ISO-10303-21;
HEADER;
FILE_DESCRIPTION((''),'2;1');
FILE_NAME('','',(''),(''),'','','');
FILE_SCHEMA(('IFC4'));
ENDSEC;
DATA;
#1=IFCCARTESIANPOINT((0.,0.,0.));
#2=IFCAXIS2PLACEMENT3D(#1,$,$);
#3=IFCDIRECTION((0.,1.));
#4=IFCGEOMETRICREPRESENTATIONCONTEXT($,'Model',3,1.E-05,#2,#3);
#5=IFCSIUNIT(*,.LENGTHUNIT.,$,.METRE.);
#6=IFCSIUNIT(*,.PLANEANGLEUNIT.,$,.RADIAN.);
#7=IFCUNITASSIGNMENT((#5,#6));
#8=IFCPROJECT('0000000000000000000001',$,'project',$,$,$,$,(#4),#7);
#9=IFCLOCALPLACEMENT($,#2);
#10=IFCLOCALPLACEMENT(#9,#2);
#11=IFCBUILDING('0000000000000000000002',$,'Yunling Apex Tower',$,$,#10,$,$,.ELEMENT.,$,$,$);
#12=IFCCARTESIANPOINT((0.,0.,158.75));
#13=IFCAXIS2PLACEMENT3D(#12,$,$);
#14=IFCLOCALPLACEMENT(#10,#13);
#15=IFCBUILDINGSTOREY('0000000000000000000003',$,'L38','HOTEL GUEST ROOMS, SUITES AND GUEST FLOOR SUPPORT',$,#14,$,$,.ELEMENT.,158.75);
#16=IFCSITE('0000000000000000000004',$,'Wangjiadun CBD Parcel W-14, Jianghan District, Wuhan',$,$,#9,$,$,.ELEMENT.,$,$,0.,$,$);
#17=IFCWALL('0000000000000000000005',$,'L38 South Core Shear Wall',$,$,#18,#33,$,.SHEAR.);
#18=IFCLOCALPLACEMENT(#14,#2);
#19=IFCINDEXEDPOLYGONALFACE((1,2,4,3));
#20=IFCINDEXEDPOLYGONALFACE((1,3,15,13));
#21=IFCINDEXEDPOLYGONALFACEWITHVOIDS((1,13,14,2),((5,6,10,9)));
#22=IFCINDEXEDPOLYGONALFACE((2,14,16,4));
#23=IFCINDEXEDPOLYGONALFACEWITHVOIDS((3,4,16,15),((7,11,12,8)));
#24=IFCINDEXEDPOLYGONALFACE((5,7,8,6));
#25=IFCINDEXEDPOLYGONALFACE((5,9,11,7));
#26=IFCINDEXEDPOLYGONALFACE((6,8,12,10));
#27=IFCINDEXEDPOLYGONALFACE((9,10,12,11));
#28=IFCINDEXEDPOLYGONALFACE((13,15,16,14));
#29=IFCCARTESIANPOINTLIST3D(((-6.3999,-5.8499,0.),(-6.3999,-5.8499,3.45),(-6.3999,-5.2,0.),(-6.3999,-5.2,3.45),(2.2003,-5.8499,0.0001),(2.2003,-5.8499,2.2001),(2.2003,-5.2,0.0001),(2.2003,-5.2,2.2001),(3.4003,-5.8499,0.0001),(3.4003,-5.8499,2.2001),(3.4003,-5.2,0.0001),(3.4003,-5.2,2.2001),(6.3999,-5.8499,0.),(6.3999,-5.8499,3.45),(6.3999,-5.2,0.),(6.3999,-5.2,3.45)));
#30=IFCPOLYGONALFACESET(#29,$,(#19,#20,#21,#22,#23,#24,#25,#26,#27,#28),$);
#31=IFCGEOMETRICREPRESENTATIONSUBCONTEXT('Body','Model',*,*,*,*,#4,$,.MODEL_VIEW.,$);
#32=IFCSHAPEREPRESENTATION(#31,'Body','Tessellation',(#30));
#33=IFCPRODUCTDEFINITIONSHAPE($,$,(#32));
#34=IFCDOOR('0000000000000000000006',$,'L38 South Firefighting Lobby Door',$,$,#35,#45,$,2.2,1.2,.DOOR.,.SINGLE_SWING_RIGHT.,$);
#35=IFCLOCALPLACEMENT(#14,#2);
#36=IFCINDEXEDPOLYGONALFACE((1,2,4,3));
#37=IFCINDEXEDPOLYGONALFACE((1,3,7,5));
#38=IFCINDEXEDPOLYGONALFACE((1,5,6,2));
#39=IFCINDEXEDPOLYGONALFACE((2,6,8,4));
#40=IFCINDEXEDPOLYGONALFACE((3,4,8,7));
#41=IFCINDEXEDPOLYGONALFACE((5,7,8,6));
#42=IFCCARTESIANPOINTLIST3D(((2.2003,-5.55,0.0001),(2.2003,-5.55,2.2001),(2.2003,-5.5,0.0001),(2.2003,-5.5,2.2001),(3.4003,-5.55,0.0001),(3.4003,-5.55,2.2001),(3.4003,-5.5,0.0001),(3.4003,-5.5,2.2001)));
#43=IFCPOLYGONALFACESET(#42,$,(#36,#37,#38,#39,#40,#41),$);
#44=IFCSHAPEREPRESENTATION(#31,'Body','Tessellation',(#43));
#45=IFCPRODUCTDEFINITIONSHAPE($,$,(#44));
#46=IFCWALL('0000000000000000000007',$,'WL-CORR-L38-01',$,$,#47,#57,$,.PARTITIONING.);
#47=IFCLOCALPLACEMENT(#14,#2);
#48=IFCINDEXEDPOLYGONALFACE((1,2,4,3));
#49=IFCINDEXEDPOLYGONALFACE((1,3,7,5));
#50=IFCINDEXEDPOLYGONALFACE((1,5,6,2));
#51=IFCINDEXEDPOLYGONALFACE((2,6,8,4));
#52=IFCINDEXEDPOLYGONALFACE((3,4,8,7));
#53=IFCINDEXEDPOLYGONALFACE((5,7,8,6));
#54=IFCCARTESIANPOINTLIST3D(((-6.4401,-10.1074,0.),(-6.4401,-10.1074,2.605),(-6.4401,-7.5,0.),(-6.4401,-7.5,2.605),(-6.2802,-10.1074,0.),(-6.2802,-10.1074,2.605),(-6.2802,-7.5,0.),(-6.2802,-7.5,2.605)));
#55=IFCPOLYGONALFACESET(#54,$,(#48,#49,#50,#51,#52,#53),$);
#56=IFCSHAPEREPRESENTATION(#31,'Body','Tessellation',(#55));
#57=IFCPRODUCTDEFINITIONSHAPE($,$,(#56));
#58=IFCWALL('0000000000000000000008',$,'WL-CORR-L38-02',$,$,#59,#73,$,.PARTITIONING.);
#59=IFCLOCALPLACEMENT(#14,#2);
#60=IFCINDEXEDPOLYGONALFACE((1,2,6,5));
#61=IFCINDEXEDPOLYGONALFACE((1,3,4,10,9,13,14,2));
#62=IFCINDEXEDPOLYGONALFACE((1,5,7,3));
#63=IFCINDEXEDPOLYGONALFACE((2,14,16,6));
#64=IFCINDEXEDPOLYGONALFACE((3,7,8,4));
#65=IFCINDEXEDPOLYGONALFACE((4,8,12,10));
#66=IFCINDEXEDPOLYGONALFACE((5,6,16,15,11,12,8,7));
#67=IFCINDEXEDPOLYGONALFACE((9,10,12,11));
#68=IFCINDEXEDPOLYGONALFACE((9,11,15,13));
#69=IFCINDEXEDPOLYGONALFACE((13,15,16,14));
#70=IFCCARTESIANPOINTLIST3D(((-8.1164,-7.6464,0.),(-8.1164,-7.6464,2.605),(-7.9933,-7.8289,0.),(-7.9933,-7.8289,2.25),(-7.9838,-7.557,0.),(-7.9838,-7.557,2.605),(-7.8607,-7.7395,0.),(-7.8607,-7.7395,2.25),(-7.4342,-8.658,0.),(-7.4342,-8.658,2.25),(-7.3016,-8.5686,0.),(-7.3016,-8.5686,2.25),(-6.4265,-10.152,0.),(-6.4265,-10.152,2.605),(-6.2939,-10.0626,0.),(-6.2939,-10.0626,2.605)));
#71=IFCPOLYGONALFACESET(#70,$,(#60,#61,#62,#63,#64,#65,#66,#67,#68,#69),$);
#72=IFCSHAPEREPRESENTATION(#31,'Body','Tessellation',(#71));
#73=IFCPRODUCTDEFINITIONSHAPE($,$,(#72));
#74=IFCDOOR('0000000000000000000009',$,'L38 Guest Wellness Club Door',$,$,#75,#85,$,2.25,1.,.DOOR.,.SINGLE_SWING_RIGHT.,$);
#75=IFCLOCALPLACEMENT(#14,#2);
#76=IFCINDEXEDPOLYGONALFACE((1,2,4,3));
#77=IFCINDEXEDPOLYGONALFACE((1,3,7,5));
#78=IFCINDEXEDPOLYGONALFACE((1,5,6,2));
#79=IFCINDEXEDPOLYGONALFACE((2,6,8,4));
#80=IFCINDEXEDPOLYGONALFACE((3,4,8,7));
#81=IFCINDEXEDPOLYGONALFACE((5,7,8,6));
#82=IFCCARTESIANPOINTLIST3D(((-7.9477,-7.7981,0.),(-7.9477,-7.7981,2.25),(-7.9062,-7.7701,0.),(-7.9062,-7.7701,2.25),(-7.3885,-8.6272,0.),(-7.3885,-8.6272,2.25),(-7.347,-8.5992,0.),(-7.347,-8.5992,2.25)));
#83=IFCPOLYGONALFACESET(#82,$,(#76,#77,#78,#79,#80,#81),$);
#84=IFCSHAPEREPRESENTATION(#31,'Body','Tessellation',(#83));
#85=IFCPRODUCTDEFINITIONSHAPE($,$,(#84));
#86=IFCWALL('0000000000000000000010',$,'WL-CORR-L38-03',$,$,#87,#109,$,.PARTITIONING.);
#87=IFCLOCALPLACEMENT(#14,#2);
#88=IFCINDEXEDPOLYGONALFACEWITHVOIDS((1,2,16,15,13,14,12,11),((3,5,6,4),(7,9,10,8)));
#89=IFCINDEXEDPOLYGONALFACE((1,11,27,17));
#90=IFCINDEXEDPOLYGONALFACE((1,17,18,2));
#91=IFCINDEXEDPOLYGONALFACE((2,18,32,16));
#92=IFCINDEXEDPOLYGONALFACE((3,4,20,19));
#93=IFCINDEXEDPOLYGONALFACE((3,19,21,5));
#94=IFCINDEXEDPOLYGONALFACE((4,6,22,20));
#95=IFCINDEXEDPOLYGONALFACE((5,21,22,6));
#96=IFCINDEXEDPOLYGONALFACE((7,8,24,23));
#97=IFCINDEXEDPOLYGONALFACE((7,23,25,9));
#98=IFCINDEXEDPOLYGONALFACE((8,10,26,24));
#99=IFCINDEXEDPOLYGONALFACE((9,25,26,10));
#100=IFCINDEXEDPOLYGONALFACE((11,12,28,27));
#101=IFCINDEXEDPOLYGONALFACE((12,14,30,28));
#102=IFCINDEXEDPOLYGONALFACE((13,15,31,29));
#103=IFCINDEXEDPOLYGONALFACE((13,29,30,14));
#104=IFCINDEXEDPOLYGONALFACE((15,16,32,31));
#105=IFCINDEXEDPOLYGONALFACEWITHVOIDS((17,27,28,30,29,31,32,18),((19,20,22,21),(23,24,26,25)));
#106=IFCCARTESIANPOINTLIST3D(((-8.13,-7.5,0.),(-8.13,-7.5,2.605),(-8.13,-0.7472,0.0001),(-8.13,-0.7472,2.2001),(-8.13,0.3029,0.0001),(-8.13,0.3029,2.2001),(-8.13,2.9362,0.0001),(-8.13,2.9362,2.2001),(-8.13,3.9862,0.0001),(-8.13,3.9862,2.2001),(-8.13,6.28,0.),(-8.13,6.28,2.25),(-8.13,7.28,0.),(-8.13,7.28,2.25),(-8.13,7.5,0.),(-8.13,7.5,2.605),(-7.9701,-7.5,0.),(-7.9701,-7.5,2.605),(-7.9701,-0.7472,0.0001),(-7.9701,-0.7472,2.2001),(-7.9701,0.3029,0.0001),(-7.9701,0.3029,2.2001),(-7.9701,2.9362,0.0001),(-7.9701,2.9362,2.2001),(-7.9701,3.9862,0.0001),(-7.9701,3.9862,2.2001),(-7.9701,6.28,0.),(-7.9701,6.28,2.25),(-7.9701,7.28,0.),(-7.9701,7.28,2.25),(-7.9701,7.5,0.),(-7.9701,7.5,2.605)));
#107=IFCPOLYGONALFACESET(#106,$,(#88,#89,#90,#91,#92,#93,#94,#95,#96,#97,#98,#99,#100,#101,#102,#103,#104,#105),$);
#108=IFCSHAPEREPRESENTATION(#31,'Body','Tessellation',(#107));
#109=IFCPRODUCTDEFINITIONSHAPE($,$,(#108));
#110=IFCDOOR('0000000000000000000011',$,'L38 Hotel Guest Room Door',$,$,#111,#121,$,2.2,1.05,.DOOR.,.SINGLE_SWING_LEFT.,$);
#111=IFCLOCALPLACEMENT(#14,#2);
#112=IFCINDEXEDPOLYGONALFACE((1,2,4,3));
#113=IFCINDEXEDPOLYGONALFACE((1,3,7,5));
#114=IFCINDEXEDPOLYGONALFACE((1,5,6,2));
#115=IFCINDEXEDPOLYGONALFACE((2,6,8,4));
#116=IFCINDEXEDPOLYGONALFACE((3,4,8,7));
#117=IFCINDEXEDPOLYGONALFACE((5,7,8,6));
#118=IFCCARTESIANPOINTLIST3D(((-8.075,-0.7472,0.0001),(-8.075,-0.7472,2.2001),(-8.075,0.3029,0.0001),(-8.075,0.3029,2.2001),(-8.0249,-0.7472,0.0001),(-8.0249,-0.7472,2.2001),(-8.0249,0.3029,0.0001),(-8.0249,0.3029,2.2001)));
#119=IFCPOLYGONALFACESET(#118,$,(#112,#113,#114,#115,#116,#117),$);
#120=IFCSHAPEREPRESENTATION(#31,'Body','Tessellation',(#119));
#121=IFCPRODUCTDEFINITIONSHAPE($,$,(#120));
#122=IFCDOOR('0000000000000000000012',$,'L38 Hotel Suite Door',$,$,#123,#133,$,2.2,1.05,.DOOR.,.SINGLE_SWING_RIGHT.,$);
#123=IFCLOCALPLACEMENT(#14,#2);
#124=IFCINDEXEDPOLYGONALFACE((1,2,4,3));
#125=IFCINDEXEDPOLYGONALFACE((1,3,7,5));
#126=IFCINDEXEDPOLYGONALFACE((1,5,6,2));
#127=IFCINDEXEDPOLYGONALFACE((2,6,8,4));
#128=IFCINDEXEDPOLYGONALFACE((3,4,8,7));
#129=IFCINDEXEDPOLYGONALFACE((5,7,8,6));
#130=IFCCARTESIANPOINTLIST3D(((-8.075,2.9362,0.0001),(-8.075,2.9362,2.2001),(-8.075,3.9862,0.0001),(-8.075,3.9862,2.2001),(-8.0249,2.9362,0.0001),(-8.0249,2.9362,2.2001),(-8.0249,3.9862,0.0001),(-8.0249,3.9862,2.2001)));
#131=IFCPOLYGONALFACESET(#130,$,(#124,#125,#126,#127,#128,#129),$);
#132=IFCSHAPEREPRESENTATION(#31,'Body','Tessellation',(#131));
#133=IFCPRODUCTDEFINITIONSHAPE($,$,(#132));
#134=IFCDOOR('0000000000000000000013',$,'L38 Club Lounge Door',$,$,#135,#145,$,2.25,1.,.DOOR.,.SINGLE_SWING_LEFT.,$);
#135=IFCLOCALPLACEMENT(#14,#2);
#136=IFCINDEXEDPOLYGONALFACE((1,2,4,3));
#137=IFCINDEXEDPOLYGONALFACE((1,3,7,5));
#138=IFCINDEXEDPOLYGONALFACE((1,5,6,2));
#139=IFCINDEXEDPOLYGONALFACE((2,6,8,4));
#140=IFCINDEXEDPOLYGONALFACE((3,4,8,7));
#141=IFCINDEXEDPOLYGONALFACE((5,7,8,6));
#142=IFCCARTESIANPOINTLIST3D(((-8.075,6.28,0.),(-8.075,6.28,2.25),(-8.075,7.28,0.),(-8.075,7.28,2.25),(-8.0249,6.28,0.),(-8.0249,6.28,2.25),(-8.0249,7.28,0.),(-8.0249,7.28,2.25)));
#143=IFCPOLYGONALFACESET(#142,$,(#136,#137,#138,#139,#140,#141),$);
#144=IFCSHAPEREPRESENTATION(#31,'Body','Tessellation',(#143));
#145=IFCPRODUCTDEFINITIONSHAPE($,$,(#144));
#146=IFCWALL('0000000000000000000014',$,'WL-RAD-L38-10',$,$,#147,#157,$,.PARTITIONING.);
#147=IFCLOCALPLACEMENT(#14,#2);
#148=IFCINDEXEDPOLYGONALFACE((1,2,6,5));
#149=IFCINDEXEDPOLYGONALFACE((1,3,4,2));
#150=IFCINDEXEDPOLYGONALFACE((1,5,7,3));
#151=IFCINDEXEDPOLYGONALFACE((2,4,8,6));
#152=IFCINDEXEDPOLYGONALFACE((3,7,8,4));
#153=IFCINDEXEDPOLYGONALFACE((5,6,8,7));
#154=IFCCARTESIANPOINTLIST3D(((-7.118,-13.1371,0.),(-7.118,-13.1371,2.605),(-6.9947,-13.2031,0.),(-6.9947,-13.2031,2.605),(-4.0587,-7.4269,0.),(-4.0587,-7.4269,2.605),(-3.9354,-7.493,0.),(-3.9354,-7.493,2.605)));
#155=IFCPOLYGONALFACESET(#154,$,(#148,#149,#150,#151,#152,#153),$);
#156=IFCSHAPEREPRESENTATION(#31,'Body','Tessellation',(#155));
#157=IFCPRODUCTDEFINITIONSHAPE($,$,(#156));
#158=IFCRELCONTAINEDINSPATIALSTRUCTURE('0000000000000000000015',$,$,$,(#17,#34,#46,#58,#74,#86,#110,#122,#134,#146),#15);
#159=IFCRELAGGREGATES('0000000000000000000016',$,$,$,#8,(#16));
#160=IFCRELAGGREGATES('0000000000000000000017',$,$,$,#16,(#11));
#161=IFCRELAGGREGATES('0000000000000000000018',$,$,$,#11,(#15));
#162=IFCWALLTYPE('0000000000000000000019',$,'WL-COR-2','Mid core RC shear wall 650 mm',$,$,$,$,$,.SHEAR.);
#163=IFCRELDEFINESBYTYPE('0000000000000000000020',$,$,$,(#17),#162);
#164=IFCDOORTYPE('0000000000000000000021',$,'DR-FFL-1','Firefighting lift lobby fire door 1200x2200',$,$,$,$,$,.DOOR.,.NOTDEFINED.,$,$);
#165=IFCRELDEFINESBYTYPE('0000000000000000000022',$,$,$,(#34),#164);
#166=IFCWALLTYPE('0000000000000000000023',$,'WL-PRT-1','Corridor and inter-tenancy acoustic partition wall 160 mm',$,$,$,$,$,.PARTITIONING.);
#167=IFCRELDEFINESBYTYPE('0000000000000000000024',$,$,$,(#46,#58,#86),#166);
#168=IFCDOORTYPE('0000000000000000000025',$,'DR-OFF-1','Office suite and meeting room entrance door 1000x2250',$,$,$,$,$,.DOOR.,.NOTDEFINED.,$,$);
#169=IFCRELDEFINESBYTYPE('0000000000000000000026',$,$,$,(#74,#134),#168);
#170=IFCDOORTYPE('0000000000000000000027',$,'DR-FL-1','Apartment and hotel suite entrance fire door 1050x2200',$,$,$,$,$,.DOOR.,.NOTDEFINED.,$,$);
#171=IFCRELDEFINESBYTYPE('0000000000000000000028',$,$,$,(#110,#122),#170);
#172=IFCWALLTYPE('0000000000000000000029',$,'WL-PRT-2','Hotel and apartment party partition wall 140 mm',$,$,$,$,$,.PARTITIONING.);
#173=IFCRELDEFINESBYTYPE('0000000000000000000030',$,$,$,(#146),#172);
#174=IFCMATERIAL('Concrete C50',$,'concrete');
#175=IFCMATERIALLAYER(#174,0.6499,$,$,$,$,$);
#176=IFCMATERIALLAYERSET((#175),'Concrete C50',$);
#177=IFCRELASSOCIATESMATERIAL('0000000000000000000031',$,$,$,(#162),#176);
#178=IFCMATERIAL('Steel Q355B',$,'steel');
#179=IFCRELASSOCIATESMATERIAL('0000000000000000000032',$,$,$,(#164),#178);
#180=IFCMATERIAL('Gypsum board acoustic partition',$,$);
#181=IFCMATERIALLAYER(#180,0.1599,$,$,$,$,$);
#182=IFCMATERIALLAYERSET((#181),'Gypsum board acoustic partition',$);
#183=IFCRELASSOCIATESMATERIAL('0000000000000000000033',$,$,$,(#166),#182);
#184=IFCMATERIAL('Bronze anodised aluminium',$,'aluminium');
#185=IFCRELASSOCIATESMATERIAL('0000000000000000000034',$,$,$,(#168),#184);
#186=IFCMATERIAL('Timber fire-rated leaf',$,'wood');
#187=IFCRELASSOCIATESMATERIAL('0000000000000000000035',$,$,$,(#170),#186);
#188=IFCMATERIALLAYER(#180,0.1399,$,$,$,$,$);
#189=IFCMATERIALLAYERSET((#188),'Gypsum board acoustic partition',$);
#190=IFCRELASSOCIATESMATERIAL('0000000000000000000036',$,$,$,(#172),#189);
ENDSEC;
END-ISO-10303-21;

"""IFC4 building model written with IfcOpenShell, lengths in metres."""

from ifc_helpers import new_model, si_unit, direction, frame, frame_2d, origin, place, context, subcontext, project, spatial, rectangle, extrude, material, layer, layer_set, type_object, element, fill, save


model = new_model("IFC4")

# Units and contexts
model_context = context("Model", 3, precision=1e-05, world=origin(), true_north=direction((0.0, 1.0)))
body_context = subcontext(model_context, "Body", "Model", "MODEL_VIEW")
ifc_project = project(units=[si_unit("LENGTHUNIT", "METRE"), si_unit("PLANEANGLEUNIT", "RADIAN")], contexts=[model_context])

# Site, building, storey
site_placement = place(None, origin())
site = spatial("IfcSite", under=ifc_project, at=site_placement, Name="Wangjiadun CBD Parcel W-14, Jianghan District, Wuhan", CompositionType="ELEMENT", RefElevation=0.0)
building_placement = place(site_placement, origin())
building = spatial("IfcBuilding", under=site, at=building_placement, Name="Yunling Apex Tower", CompositionType="ELEMENT")
storey_placement = place(building_placement, frame((0.0, 0.0, 158.75)))
storey = spatial("IfcBuildingStorey", under=building, at=storey_placement, Name="L38", Description="HOTEL GUEST ROOMS, SUITES AND GUEST FLOOR SUPPORT", CompositionType="ELEMENT", Elevation=158.75)

# Shared definitions
ifc_material_1 = material(Name="Steel Q355B", Category="steel")

# Shared definitions
ifc_material_2 = material(Name="Bronze anodised aluminium", Category="aluminium")

# Wall, opening, door
ifc_material_3 = material(Name="Concrete C50", Category="concrete")
ifc_layer_1 = layer(ifc_material_3, 0.6499)
ifc_layer_set_1 = layer_set([ifc_layer_1], Name="Concrete C50")
wall_type_1 = type_object("IfcWallType", Name="WL-COR-2", Description="Mid core RC shear wall 650 mm", PredefinedType="SHEAR", material=ifc_layer_set_1)
wall_1_placement = place(storey_placement, frame((-6.3999, -5.5249, 0.0), z_axis=(0.0, 0.0, 1.0), x_axis=(1.0, 0.0, 0.0)))
wall_1 = element("IfcWall", 1, at=wall_1_placement, inside=storey, type_object=wall_type_1, Name="L38 South Core Shear Wall", PredefinedType="SHEAR", context=body_context, shape_type="SweptSolid", body=[
    extrude(rectangle(XDim=12.7998, YDim=0.6499, at=frame_2d((6.3999, 0.0))), origin(), (0.0, 0.0, 1.0), 3.45),
])
opening_1_placement = place(wall_1_placement, frame((8.6001, 0.0, 0.0)))
opening_1 = element("IfcOpeningElement", 2, at=opening_1_placement, cuts=wall_1, PredefinedType="OPENING", context=body_context, shape_type="SweptSolid", body=[
    extrude(rectangle(XDim=1.2, YDim=2.2, at=frame_2d((0.6001, 1.1001))), frame((0.0, 0.335, 0.0), z_axis=(0.0, -1.0, 0.0), x_axis=(1.0, 0.0, 0.0)), (0.0, 0.0, 1.0), 0.6699),
])
door_type_1 = type_object("IfcDoorType", Name="DR-FFL-1", Description="Firefighting lift lobby fire door 1200x2200", OperationType="NOTDEFINED", PredefinedType="DOOR", material=ifc_material_1)
door_1_placement = place(opening_1_placement, origin())
door_1 = element("IfcDoor", 3, at=door_1_placement, inside=storey, type_object=door_type_1, Name="L38 South Firefighting Lobby Door", OperationType="SINGLE_SWING_RIGHT", OverallHeight=2.2, OverallWidth=1.2, PredefinedType="DOOR", context=body_context, shape_type="SweptSolid", body=[
    extrude(rectangle(XDim=1.2, YDim=2.2, at=frame_2d((0.6001, 1.1001))), frame((0.0, 0.0249, 0.0), z_axis=(0.0, -1.0, 0.0), x_axis=(1.0, 0.0, 0.0)), (0.0, 0.0, 1.0), 0.05),
])
fill(opening_1, door_1)

# Wall
ifc_material_4 = material(Name="Gypsum board acoustic partition")
ifc_layer_2 = layer(ifc_material_4, 0.1599)
ifc_layer_set_2 = layer_set([ifc_layer_2], Name="Gypsum board acoustic partition")
wall_type_2 = type_object("IfcWallType", Name="WL-PRT-1", Description="Corridor and inter-tenancy acoustic partition wall 160 mm", PredefinedType="PARTITIONING", material=ifc_layer_set_2)
wall_2_placement = place(storey_placement, frame((-6.3601, -7.5, 0.0), z_axis=(0.0, 0.0, 1.0), x_axis=(0.0, -1.0, 0.0)))
element("IfcWall", 4, at=wall_2_placement, inside=storey, type_object=wall_type_2, Name="WL-CORR-L38-01", PredefinedType="PARTITIONING", context=body_context, shape_type="SweptSolid", body=[
    extrude(rectangle(XDim=2.6074, YDim=0.1599, at=frame_2d((1.3037, 0.0))), origin(), (0.0, 0.0, 1.0), 2.605),
])

# Wall, opening, door
wall_3_placement = place(storey_placement, frame((-6.3601, -10.1074, 0.0), z_axis=(0.0, 0.0, 1.0), x_axis=(-0.559166, 0.829056, 0.0)))
wall_3 = element("IfcWall", 5, at=wall_3_placement, inside=storey, type_object=wall_type_2, Name="WL-CORR-L38-02", PredefinedType="PARTITIONING", context=body_context, shape_type="SweptSolid", body=[
    extrude(rectangle(XDim=3.0222, YDim=0.1599, at=frame_2d((1.5112, 0.0))), origin(), (0.0, 0.0, 1.0), 2.605),
])
opening_2_placement = place(wall_3_placement, frame((1.8022, 0.0, 0.0)))
opening_2 = element("IfcOpeningElement", 6, at=opening_2_placement, cuts=wall_3, PredefinedType="OPENING", context=body_context, shape_type="SweptSolid", body=[
    extrude(rectangle(XDim=1.0, YDim=2.25, at=frame_2d((0.5, 1.125))), frame((0.0, 0.0898, 0.0), z_axis=(0.0, -1.0, 0.0), x_axis=(1.0, 0.0, 0.0)), (0.0, 0.0, 1.0), 0.1799),
])
door_type_2 = type_object("IfcDoorType", Name="DR-OFF-1", Description="Office suite and meeting room entrance door 1000x2250", OperationType="NOTDEFINED", PredefinedType="DOOR", material=ifc_material_2)
door_2_placement = place(opening_2_placement, origin())
door_2 = element("IfcDoor", 7, at=door_2_placement, inside=storey, type_object=door_type_2, Name="L38 Guest Wellness Club Door", OperationType="SINGLE_SWING_RIGHT", OverallHeight=2.25, OverallWidth=1.0, PredefinedType="DOOR", context=body_context, shape_type="SweptSolid", body=[
    extrude(rectangle(XDim=1.0, YDim=2.25, at=frame_2d((0.5, 1.125))), frame((0.0, 0.0249, 0.0), z_axis=(0.0, -1.0, 0.0), x_axis=(1.0, 0.0, 0.0)), (0.0, 0.0, 1.0), 0.05),
])
fill(opening_2, door_2)

# Wall, openings, doors
wall_4_placement = place(storey_placement, frame((-8.05, -7.5, 0.0), z_axis=(0.0, 0.0, 1.0), x_axis=(0.0, 1.0, 0.0)))
wall_4 = element("IfcWall", 8, at=wall_4_placement, inside=storey, type_object=wall_type_2, Name="WL-CORR-L38-03", PredefinedType="PARTITIONING", context=body_context, shape_type="SweptSolid", body=[
    extrude(rectangle(XDim=15.0, YDim=0.1599, at=frame_2d((7.5, 0.0))), origin(), (0.0, 0.0, 1.0), 2.605),
])
opening_3_placement = place(wall_4_placement, frame((6.7529, 0.0, 0.0)))
opening_3 = element("IfcOpeningElement", 9, at=opening_3_placement, cuts=wall_4, PredefinedType="OPENING", context=body_context, shape_type="SweptSolid", body=[
    extrude(rectangle(XDim=1.05, YDim=2.2, at=frame_2d((0.5249, 1.1001))), frame((0.0, 0.0898, 0.0), z_axis=(0.0, -1.0, 0.0), x_axis=(1.0, 0.0, 0.0)), (0.0, 0.0, 1.0), 0.1799),
])
opening_4_placement = place(wall_4_placement, frame((10.4363, 0.0, 0.0)))
opening_4 = element("IfcOpeningElement", 10, at=opening_4_placement, cuts=wall_4, PredefinedType="OPENING", context=body_context, shape_type="SweptSolid", body=[
    extrude(rectangle(XDim=1.05, YDim=2.2, at=frame_2d((0.5249, 1.1001))), frame((0.0, 0.0898, 0.0), z_axis=(0.0, -1.0, 0.0), x_axis=(1.0, 0.0, 0.0)), (0.0, 0.0, 1.0), 0.1799),
])
opening_5_placement = place(wall_4_placement, frame((13.78, 0.0, 0.0)))
opening_5 = element("IfcOpeningElement", 11, at=opening_5_placement, cuts=wall_4, PredefinedType="OPENING", context=body_context, shape_type="SweptSolid", body=[
    extrude(rectangle(XDim=1.0, YDim=2.25, at=frame_2d((0.5, 1.125))), frame((0.0, 0.0898, 0.0), z_axis=(0.0, -1.0, 0.0), x_axis=(1.0, 0.0, 0.0)), (0.0, 0.0, 1.0), 0.1799),
])
ifc_material_5 = material(Name="Timber fire-rated leaf", Category="wood")
door_type_3 = type_object("IfcDoorType", Name="DR-FL-1", Description="Apartment and hotel suite entrance fire door 1050x2200", OperationType="NOTDEFINED", PredefinedType="DOOR", material=ifc_material_5)
door_3_placement = place(opening_3_placement, origin())
door_3 = element("IfcDoor", 12, at=door_3_placement, inside=storey, type_object=door_type_3, Name="L38 Hotel Guest Room Door", OperationType="SINGLE_SWING_LEFT", OverallHeight=2.2, OverallWidth=1.05, PredefinedType="DOOR", context=body_context, shape_type="SweptSolid", body=[
    extrude(rectangle(XDim=1.05, YDim=2.2, at=frame_2d((0.5249, 1.1001))), frame((0.0, 0.0249, 0.0), z_axis=(0.0, -1.0, 0.0), x_axis=(1.0, 0.0, 0.0)), (0.0, 0.0, 1.0), 0.05),
])
fill(opening_3, door_3)
door_4_placement = place(opening_4_placement, origin())
door_4 = element("IfcDoor", 13, at=door_4_placement, inside=storey, type_object=door_type_3, Name="L38 Hotel Suite Door", OperationType="SINGLE_SWING_RIGHT", OverallHeight=2.2, OverallWidth=1.05, PredefinedType="DOOR", context=body_context, shape_type="SweptSolid", body=[
    extrude(rectangle(XDim=1.05, YDim=2.2, at=frame_2d((0.5249, 1.1001))), frame((0.0, 0.0249, 0.0), z_axis=(0.0, -1.0, 0.0), x_axis=(1.0, 0.0, 0.0)), (0.0, 0.0, 1.0), 0.05),
])
fill(opening_4, door_4)
door_5_placement = place(opening_5_placement, origin())
door_5 = element("IfcDoor", 14, at=door_5_placement, inside=storey, type_object=door_type_2, Name="L38 Club Lounge Door", OperationType="SINGLE_SWING_LEFT", OverallHeight=2.25, OverallWidth=1.0, PredefinedType="DOOR", context=body_context, shape_type="SweptSolid", body=[
    extrude(rectangle(XDim=1.0, YDim=2.25, at=frame_2d((0.5, 1.125))), frame((0.0, 0.0249, 0.0), z_axis=(0.0, -1.0, 0.0), x_axis=(1.0, 0.0, 0.0)), (0.0, 0.0, 1.0), 0.05),
])
fill(opening_5, door_5)

# Wall
ifc_layer_3 = layer(ifc_material_4, 0.1399)
ifc_layer_set_3 = layer_set([ifc_layer_3], Name="Gypsum board acoustic partition")
wall_type_3 = type_object("IfcWallType", Name="WL-PRT-2", Description="Hotel and apartment party partition wall 140 mm", PredefinedType="PARTITIONING", material=ifc_layer_set_3)
wall_5_placement = place(storey_placement, frame((-3.9971, -7.46, 0.0), z_axis=(0.0, 0.0, 1.0), x_axis=(-0.472256, -0.881461, 0.0)))
element("IfcWall", 15, at=wall_5_placement, inside=storey, type_object=wall_type_3, Name="WL-RAD-L38-10", PredefinedType="PARTITIONING", context=body_context, shape_type="SweptSolid", body=[
    extrude(rectangle(XDim=6.478, YDim=0.1399, at=frame_2d((3.239, 0.0))), origin(), (0.0, 0.0, 1.0), 2.605),
])

save(model, "model.ifc")
